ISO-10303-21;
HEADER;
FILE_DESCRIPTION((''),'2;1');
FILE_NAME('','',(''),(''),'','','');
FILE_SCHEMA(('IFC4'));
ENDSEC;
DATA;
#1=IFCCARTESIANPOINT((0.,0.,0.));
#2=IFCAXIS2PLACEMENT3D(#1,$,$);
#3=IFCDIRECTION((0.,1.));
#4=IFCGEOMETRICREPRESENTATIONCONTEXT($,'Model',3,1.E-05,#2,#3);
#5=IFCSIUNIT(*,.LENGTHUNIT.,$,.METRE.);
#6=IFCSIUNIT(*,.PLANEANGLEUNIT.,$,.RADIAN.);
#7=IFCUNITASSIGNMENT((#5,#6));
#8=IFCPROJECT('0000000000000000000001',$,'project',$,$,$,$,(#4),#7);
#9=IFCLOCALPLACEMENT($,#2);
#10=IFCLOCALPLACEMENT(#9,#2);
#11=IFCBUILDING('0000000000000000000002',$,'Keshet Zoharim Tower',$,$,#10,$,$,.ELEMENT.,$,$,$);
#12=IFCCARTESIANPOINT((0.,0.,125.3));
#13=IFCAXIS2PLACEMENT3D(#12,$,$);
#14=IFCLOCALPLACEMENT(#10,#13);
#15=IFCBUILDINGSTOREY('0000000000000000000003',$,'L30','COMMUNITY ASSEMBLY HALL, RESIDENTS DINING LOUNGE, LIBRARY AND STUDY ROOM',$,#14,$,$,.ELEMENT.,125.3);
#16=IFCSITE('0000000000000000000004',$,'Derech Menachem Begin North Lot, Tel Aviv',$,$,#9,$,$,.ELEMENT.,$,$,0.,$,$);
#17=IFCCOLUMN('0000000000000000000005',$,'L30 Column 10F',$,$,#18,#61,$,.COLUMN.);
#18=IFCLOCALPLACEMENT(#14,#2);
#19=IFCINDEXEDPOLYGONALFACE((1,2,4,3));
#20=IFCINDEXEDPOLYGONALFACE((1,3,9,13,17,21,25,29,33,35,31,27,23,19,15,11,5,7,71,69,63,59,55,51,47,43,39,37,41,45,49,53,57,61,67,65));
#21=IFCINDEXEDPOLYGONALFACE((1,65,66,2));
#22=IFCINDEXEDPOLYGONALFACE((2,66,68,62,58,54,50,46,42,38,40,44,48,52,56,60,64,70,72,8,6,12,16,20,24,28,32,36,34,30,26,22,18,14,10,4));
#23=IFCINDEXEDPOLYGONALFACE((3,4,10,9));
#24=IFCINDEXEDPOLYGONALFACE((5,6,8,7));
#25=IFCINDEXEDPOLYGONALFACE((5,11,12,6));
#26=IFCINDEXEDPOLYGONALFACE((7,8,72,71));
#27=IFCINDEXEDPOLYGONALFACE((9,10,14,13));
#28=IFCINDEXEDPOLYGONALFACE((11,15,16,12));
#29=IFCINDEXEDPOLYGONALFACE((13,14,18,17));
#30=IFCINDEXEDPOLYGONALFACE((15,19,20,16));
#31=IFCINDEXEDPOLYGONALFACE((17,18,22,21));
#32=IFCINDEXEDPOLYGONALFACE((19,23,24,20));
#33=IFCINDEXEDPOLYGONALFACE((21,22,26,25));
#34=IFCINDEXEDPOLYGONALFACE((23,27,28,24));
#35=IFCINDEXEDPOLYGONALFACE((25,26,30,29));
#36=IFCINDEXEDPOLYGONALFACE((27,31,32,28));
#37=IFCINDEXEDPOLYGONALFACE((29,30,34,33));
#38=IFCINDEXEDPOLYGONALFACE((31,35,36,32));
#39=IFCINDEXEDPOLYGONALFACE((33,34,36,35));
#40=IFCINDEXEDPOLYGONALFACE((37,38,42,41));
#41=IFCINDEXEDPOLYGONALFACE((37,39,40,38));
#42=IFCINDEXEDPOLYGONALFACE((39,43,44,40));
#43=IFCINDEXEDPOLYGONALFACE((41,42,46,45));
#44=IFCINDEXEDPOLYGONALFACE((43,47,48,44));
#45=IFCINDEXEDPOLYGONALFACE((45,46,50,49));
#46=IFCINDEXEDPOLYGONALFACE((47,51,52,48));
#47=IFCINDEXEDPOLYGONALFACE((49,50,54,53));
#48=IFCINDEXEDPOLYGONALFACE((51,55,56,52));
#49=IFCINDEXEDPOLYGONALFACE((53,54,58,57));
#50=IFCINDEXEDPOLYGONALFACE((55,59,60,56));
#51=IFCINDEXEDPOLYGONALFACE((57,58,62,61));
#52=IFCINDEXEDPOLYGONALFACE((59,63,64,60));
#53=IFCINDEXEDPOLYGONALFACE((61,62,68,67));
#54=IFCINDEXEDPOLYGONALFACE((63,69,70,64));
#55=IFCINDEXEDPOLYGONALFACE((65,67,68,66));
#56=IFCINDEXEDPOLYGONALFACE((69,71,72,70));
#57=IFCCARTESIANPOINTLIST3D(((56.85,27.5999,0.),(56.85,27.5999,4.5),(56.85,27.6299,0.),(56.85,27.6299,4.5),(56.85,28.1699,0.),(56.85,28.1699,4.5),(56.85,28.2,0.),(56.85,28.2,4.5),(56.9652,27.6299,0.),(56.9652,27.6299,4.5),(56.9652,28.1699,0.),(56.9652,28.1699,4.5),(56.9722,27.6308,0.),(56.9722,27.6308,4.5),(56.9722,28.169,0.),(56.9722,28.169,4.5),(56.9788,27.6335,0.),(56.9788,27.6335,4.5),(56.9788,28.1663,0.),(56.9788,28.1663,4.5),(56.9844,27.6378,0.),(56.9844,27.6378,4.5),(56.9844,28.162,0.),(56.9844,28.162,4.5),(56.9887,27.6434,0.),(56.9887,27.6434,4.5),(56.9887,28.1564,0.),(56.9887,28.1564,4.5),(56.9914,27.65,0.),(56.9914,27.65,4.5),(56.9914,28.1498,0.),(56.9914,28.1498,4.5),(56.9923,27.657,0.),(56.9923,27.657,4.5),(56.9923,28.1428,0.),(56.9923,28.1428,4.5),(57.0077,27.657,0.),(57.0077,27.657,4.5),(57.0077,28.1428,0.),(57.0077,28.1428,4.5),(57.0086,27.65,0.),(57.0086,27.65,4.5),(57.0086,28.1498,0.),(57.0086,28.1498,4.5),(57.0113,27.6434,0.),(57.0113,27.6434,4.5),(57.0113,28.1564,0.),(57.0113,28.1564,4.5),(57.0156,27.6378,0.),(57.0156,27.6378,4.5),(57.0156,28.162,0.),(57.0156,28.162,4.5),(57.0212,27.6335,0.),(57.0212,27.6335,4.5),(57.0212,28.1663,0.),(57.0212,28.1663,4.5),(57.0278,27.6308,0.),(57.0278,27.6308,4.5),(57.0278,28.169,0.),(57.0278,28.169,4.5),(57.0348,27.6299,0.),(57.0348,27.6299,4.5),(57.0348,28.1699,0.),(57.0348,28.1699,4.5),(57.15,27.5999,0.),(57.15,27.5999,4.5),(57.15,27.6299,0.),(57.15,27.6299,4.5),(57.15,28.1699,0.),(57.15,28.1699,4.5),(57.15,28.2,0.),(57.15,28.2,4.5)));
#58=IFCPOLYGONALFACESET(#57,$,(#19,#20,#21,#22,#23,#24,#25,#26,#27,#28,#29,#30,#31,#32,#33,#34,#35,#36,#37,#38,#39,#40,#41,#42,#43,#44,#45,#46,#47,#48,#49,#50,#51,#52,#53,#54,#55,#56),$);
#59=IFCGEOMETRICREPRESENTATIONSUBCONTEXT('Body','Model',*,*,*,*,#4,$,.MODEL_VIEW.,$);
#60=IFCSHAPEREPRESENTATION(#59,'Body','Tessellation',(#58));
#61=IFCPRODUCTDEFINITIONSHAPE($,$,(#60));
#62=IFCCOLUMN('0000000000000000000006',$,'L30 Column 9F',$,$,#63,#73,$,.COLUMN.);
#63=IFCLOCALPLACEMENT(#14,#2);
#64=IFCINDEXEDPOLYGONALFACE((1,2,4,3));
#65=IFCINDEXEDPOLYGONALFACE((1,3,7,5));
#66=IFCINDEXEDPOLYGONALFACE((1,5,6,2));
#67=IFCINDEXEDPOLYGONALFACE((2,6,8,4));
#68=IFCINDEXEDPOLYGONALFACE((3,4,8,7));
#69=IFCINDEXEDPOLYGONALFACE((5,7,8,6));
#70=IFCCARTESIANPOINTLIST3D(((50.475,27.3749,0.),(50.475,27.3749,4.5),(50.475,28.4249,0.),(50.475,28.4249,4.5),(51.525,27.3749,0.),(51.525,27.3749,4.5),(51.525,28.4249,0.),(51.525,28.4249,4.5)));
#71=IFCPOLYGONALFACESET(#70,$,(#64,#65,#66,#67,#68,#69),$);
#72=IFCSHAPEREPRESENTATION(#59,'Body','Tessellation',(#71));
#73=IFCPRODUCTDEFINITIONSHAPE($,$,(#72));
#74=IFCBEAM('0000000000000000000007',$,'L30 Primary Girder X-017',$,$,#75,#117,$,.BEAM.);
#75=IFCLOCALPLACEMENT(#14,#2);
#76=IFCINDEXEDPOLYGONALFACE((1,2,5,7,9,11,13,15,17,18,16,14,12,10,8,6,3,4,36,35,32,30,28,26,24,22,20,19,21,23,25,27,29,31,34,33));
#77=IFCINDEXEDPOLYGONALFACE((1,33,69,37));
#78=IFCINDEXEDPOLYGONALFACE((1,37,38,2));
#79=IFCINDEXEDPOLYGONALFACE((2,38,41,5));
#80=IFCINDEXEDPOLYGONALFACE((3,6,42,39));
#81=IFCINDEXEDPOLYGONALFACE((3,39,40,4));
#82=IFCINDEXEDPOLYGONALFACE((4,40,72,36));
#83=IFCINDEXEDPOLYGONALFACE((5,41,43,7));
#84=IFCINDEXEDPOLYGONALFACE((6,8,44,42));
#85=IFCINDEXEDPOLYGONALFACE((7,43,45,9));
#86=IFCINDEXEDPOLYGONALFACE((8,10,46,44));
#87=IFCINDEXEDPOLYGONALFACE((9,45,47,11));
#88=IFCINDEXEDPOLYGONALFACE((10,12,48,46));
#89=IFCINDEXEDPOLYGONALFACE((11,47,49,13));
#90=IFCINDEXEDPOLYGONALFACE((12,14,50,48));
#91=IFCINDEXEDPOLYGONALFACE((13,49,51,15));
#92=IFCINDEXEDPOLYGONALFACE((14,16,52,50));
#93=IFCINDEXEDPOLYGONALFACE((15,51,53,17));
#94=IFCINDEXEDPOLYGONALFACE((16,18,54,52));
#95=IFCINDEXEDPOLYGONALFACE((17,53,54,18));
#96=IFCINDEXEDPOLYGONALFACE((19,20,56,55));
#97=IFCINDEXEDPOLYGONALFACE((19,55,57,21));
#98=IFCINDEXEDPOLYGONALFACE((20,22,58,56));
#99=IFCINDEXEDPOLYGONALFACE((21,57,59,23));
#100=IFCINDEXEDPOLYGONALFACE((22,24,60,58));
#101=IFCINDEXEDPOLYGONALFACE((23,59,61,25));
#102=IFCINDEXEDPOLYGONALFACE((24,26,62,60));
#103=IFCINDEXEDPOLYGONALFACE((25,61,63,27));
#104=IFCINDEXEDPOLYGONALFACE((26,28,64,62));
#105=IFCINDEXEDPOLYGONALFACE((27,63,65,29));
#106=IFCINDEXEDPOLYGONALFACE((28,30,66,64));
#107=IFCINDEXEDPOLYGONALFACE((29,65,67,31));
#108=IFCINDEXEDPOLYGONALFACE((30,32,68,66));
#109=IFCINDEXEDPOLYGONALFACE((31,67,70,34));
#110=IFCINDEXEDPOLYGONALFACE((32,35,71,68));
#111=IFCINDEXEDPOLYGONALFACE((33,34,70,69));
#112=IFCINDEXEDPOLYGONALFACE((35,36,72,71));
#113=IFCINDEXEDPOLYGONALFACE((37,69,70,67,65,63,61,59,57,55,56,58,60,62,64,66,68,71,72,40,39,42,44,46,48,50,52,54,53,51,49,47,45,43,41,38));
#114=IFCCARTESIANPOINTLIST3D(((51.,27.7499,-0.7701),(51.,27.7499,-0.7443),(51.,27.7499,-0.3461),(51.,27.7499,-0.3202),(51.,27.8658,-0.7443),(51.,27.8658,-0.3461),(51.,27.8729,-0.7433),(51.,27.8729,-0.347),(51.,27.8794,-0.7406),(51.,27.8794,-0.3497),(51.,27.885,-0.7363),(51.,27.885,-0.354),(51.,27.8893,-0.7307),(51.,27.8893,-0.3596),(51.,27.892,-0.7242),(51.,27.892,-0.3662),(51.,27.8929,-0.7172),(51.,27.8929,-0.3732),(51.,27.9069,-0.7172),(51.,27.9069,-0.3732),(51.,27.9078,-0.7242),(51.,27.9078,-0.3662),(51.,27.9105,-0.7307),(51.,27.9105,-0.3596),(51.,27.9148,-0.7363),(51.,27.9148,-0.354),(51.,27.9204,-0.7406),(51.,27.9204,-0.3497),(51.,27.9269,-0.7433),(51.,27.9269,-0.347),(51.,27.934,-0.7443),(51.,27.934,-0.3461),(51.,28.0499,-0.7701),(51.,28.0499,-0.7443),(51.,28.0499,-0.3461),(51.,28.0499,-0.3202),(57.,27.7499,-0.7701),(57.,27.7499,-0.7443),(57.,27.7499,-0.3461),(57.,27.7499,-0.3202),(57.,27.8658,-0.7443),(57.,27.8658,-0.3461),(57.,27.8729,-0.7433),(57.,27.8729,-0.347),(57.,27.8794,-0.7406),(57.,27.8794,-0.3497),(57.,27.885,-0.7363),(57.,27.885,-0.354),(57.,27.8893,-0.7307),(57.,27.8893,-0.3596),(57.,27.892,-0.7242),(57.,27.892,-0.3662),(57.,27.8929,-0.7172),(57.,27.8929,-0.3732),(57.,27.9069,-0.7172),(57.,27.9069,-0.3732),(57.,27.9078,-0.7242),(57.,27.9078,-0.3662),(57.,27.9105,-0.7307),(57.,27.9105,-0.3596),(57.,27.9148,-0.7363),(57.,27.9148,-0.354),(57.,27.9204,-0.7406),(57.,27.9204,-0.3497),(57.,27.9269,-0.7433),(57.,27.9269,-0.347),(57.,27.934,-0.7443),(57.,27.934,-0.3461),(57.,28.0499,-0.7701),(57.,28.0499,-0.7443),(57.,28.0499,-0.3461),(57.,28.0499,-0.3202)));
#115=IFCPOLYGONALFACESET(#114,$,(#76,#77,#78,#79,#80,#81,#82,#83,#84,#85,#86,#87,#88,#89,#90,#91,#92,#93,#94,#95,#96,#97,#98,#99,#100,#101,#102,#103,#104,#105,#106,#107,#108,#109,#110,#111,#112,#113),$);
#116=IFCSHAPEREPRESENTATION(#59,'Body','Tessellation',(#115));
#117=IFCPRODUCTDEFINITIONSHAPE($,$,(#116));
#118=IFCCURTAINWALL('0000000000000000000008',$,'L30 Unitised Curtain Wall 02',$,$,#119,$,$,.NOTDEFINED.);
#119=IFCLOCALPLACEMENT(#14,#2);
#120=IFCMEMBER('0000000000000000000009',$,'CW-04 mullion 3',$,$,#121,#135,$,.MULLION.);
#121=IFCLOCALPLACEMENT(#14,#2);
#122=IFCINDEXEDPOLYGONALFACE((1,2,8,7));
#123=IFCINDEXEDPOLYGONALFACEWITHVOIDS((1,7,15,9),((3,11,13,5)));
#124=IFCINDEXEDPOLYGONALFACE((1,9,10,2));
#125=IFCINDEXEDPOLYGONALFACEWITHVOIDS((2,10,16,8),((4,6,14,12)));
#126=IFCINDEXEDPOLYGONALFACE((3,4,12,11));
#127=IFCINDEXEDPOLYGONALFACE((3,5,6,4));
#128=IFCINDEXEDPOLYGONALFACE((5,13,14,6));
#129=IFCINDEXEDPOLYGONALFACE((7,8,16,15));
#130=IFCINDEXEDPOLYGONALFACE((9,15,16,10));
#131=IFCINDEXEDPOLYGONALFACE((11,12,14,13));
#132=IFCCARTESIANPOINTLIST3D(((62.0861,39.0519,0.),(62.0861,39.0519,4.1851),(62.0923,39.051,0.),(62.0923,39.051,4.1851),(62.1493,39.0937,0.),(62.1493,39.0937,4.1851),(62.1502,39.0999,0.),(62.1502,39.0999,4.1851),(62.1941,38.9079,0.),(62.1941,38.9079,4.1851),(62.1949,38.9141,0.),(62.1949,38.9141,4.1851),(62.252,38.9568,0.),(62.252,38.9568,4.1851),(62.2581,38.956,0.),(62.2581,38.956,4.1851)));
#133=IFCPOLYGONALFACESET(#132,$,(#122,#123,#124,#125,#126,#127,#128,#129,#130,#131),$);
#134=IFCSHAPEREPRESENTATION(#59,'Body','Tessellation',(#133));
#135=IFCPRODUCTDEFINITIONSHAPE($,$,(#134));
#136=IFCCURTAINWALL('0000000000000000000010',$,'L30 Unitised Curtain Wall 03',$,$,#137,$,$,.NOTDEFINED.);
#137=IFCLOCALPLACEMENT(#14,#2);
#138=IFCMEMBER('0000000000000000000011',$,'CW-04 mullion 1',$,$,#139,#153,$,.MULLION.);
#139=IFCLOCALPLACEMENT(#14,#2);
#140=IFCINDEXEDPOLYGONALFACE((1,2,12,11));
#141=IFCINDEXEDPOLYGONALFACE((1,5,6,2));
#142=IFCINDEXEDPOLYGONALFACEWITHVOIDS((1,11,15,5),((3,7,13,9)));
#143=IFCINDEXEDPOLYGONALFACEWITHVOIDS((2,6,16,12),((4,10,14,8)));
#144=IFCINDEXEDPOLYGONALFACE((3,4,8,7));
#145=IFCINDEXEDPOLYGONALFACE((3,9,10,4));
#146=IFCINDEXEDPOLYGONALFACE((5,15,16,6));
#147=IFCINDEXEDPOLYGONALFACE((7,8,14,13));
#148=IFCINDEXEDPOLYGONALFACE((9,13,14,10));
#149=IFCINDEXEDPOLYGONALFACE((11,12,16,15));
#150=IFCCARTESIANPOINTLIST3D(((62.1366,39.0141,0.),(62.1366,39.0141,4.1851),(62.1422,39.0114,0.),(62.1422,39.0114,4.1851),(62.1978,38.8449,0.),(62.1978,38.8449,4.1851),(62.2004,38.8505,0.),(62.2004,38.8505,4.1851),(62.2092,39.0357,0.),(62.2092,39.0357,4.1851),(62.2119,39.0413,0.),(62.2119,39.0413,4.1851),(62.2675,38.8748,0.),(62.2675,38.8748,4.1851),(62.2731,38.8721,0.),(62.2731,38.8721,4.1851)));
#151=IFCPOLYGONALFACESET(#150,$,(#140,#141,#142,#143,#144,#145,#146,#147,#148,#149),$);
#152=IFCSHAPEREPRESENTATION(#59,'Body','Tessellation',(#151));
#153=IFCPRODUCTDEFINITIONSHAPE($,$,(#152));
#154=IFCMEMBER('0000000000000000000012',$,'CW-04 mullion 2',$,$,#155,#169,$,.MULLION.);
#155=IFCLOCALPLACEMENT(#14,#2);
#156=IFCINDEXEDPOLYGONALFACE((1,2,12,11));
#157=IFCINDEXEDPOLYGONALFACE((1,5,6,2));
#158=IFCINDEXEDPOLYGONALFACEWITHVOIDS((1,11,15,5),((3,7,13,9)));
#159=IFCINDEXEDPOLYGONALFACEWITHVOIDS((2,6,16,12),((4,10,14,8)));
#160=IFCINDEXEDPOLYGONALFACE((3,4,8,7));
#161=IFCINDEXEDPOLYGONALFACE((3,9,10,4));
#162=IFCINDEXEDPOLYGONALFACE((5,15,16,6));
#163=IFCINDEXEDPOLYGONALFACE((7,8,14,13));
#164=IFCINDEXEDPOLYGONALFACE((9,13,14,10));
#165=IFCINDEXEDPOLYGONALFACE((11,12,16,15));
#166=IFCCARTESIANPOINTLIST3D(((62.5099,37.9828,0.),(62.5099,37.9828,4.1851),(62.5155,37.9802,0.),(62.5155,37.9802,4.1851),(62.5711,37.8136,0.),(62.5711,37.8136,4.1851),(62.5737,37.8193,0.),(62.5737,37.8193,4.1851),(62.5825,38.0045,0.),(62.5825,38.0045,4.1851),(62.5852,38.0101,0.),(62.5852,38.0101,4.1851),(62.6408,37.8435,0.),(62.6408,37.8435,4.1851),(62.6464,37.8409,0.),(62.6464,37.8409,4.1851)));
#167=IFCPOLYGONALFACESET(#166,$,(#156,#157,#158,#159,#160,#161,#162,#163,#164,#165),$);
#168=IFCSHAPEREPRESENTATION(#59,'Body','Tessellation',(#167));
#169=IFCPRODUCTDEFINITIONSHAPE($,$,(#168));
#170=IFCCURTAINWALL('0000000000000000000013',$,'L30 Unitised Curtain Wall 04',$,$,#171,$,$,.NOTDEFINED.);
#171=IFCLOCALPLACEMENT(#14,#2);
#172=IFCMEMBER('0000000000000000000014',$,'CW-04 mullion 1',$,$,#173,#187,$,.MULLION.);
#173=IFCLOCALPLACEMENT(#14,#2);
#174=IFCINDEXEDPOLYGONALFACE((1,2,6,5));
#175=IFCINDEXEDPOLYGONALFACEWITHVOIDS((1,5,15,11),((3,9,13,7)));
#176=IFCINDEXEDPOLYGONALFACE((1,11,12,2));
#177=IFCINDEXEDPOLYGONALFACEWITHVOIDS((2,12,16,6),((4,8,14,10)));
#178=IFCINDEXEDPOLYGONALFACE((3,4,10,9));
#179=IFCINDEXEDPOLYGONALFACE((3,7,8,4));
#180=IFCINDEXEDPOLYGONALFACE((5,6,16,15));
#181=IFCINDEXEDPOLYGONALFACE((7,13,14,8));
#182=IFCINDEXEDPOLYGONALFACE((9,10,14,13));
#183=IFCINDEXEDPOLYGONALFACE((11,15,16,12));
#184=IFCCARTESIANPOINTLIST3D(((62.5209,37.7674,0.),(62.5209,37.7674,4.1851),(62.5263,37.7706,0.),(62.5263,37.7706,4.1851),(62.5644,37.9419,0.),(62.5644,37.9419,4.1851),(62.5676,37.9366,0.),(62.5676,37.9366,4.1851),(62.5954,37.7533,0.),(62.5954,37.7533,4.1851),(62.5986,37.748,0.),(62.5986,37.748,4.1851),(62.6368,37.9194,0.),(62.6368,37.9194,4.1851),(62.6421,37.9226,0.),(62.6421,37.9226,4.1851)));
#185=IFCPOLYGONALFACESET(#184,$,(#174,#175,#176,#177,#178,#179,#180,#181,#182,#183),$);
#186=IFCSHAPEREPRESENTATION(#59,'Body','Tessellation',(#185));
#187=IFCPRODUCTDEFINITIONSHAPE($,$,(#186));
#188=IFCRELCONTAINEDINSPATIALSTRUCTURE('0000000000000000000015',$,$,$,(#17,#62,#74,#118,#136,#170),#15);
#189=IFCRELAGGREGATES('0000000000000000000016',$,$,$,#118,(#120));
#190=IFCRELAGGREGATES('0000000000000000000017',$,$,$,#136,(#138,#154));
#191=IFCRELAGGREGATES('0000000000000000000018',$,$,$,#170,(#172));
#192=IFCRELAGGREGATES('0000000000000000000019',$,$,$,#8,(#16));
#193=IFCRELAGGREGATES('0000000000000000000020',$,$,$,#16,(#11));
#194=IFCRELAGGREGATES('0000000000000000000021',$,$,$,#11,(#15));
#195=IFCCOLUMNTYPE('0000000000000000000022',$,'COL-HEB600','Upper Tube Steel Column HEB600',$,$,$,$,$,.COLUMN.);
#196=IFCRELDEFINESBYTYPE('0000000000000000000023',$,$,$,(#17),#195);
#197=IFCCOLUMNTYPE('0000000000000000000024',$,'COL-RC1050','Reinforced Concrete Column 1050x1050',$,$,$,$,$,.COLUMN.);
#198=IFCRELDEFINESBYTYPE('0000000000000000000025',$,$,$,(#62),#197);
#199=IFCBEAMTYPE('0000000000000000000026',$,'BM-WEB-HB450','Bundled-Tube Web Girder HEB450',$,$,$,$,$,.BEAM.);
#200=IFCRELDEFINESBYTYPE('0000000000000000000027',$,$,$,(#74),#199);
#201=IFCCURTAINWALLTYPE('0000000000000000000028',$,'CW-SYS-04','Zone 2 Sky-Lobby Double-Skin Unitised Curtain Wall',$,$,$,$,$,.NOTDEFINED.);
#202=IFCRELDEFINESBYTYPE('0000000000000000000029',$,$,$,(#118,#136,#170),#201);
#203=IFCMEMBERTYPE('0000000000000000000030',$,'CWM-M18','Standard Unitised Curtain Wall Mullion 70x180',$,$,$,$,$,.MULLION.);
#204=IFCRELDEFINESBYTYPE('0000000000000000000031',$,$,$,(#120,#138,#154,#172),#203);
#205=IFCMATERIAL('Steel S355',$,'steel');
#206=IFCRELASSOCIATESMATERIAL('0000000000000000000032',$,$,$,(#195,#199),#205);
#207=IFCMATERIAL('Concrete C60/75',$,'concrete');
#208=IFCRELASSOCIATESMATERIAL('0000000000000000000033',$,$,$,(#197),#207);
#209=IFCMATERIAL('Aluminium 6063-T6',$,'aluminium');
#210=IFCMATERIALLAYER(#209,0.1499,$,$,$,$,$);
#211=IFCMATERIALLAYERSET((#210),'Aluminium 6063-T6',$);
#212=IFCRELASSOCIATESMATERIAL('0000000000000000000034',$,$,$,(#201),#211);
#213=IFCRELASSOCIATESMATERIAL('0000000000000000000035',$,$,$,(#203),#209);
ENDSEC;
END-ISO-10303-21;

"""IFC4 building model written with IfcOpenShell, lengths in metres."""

from ifc_helpers import new_model, si_unit, direction, frame, origin, origin_2d, place, context, subcontext, project, spatial, rectangle, hollow_rectangle, i_section, extrude, material, layer, layer_set, material_profile, profile_set, type_object, element, aggregate, save


model = new_model("IFC4")

# Units and contexts
model_context = context("Model", 3, precision=1e-05, world=origin(), true_north=direction((0.0, 1.0)))
body_context = subcontext(model_context, "Body", "Model", "MODEL_VIEW")
ifc_project = project(units=[si_unit("LENGTHUNIT", "METRE"), si_unit("PLANEANGLEUNIT", "RADIAN")], contexts=[model_context])

# Site, building, storey
site_placement = place(None, origin())
site = spatial("IfcSite", under=ifc_project, at=site_placement, Name="Derech Menachem Begin North Lot, Tel Aviv", CompositionType="ELEMENT", RefElevation=0.0)
building_placement = place(site_placement, origin())
building = spatial("IfcBuilding", under=site, at=building_placement, Name="Keshet Zoharim Tower", CompositionType="ELEMENT")
storey_placement = place(building_placement, frame((0.0, 0.0, 125.3)))
storey = spatial("IfcBuildingStorey", under=building, at=storey_placement, Name="L30", Description="COMMUNITY ASSEMBLY HALL, RESIDENTS DINING LOUNGE, LIBRARY AND STUDY ROOM", CompositionType="ELEMENT", Elevation=125.3)

# Columns
ifc_material_1 = material(Name="Steel S355", Category="steel")
ifc_material_profile_1 = material_profile(ifc_material_1, i_section(OverallWidth=0.3, OverallDepth=0.6001, WebThickness=0.0154, FlangeThickness=0.03, FilletRadius=0.0271, at=origin_2d()), Name="HEB600")
ifc_profile_set_1 = profile_set([ifc_material_profile_1], Name="Steel S355")
column_type_1 = type_object("IfcColumnType", Name="COL-HEB600", Description="Upper Tube Steel Column HEB600", PredefinedType="COLUMN", material=ifc_profile_set_1)
column_1_placement = place(storey_placement, frame((57.0, 27.8999, 0.0), z_axis=(0.0, 0.0, 1.0), x_axis=(1.0, 0.0, 0.0)))
element("IfcColumn", 1, at=column_1_placement, inside=storey, type_object=column_type_1, Name="L30 Column 10F", PredefinedType="COLUMN", context=body_context, shape_type="SweptSolid", body=[
    extrude(i_section(OverallWidth=0.3, OverallDepth=0.6001, WebThickness=0.0154, FlangeThickness=0.03, FilletRadius=0.0271, at=origin_2d()), origin(), (0.0, 0.0, 1.0), 4.5),
])
ifc_material_2 = material(Name="Concrete C60/75", Category="concrete")
ifc_material_profile_2 = material_profile(ifc_material_2, rectangle(XDim=1.05, YDim=1.05, at=origin_2d()), Name="RC1050x1050")
ifc_profile_set_2 = profile_set([ifc_material_profile_2], Name="Concrete C60/75")
column_type_2 = type_object("IfcColumnType", Name="COL-RC1050", Description="Reinforced Concrete Column 1050x1050", PredefinedType="COLUMN", material=ifc_profile_set_2)
column_2_placement = place(storey_placement, frame((51.0, 27.8999, 0.0), z_axis=(0.0, 0.0, 1.0), x_axis=(1.0, 0.0, 0.0)))
element("IfcColumn", 2, at=column_2_placement, inside=storey, type_object=column_type_2, Name="L30 Column 9F", PredefinedType="COLUMN", context=body_context, shape_type="SweptSolid", body=[
    extrude(rectangle(XDim=1.05, YDim=1.05, at=origin_2d()), origin(), (0.0, 0.0, 1.0), 4.5),
])

# Beam
ifc_material_profile_3 = material_profile(ifc_material_1, i_section(OverallWidth=0.3, OverallDepth=0.45, WebThickness=0.0139, FlangeThickness=0.0259, FilletRadius=0.0271, at=origin_2d()), Name="HEB450")
ifc_profile_set_3 = profile_set([ifc_material_profile_3], Name="Steel S355")
beam_type = type_object("IfcBeamType", Name="BM-WEB-HB450", Description="Bundled-Tube Web Girder HEB450", PredefinedType="BEAM", material=ifc_profile_set_3)
beam_placement = place(storey_placement, frame((51.0, 27.8999, -0.5452), z_axis=(1.0, 0.0, 0.0), x_axis=(0.0, 1.0, 0.0)))
element("IfcBeam", 3, at=beam_placement, inside=storey, type_object=beam_type, Name="L30 Primary Girder X-017", PredefinedType="BEAM", context=body_context, shape_type="SweptSolid", body=[
    extrude(i_section(OverallWidth=0.3, OverallDepth=0.45, WebThickness=0.0139, FlangeThickness=0.0259, FilletRadius=0.0271, at=origin_2d()), origin(), (0.0, 0.0, 1.0), 6.0),
])

# Curtain wall, member
ifc_material_3 = material(Name="Aluminium 6063-T6", Category="aluminium")
ifc_layer_1 = layer(ifc_material_3, 0.1499)
ifc_layer_set_1 = layer_set([ifc_layer_1], Name="Aluminium 6063-T6")
curtain_wall_type = type_object("IfcCurtainWallType", Name="CW-SYS-04", Description="Zone 2 Sky-Lobby Double-Skin Unitised Curtain Wall", PredefinedType="NOTDEFINED", material=ifc_layer_set_1)
curtain_wall_1_placement = place(storey_placement, origin())
curtain_wall_1 = element("IfcCurtainWall", 4, at=curtain_wall_1_placement, inside=storey, type_object=curtain_wall_type, Name="L30 Unitised Curtain Wall 02", PredefinedType="NOTDEFINED")
ifc_material_profile_4 = material_profile(ifc_material_3, hollow_rectangle(XDim=0.0801, YDim=0.1799, WallThickness=0.0044, at=origin_2d()), Name="MUL-80x180")
ifc_profile_set_4 = profile_set([ifc_material_profile_4], Name="Aluminium 6063-T6")
member_type_1 = type_object("IfcMemberType", Name="CWM-M18", Description="Standard Unitised Curtain Wall Mullion 70x180", PredefinedType="MULLION", material=ifc_profile_set_4)
member_1_placement = place(storey_placement, frame((62.1721, 39.0039, 0.0), z_axis=(0.0, 0.0, 1.0), x_axis=(0.799986, 0.600018, 0.0)))
member_1 = element("IfcMember", 5, at=member_1_placement, type_object=member_type_1, Name="CW-04 mullion 3", PredefinedType="MULLION", context=body_context, shape_type="SweptSolid", body=[
    extrude(hollow_rectangle(XDim=0.0801, YDim=0.1799, WallThickness=0.0044, at=origin_2d()), origin(), (0.0, 0.0, 1.0), 4.1851),
])

# Curtain walls, members
curtain_wall_2_placement = place(storey_placement, origin())
curtain_wall_2 = element("IfcCurtainWall", 6, at=curtain_wall_2_placement, inside=storey, type_object=curtain_wall_type, Name="L30 Unitised Curtain Wall 03", PredefinedType="NOTDEFINED")
member_2_placement = place(storey_placement, frame((62.2048, 38.9431, 0.0), z_axis=(0.0, 0.0, 1.0), x_axis=(0.940318, 0.340297, 0.0)))
member_2 = element("IfcMember", 7, at=member_2_placement, type_object=member_type_1, Name="CW-04 mullion 1", PredefinedType="MULLION", context=body_context, shape_type="SweptSolid", body=[
    extrude(hollow_rectangle(XDim=0.0801, YDim=0.1799, WallThickness=0.0044, at=origin_2d()), origin(), (0.0, 0.0, 1.0), 4.1851),
])
member_3_placement = place(storey_placement, frame((62.5781, 37.9119, 0.0), z_axis=(0.0, 0.0, 1.0), x_axis=(0.940318, 0.340297, 0.0)))
member_3 = element("IfcMember", 8, at=member_3_placement, type_object=member_type_1, Name="CW-04 mullion 2", PredefinedType="MULLION", context=body_context, shape_type="SweptSolid", body=[
    extrude(hollow_rectangle(XDim=0.0801, YDim=0.1799, WallThickness=0.0044, at=origin_2d()), origin(), (0.0, 0.0, 1.0), 4.1851),
])
curtain_wall_3_placement = place(storey_placement, origin())
curtain_wall_3 = element("IfcCurtainWall", 9, at=curtain_wall_3_placement, inside=storey, type_object=curtain_wall_type, Name="L30 Unitised Curtain Wall 04", PredefinedType="NOTDEFINED")
member_4_placement = place(storey_placement, frame((62.5815, 37.845, 0.0), z_axis=(0.0, 0.0, 1.0), x_axis=(0.970344, -0.241729, 0.0)))
member_4 = element("IfcMember", 10, at=member_4_placement, type_object=member_type_1, Name="CW-04 mullion 1", PredefinedType="MULLION", context=body_context, shape_type="SweptSolid", body=[
    extrude(hollow_rectangle(XDim=0.0801, YDim=0.1799, WallThickness=0.0044, at=origin_2d()), origin(), (0.0, 0.0, 1.0), 4.1851),
])

aggregate(curtain_wall_1, [member_1])
aggregate(curtain_wall_2, [member_2, member_3])
aggregate(curtain_wall_3, [member_4])

save(model, "model.ifc")
